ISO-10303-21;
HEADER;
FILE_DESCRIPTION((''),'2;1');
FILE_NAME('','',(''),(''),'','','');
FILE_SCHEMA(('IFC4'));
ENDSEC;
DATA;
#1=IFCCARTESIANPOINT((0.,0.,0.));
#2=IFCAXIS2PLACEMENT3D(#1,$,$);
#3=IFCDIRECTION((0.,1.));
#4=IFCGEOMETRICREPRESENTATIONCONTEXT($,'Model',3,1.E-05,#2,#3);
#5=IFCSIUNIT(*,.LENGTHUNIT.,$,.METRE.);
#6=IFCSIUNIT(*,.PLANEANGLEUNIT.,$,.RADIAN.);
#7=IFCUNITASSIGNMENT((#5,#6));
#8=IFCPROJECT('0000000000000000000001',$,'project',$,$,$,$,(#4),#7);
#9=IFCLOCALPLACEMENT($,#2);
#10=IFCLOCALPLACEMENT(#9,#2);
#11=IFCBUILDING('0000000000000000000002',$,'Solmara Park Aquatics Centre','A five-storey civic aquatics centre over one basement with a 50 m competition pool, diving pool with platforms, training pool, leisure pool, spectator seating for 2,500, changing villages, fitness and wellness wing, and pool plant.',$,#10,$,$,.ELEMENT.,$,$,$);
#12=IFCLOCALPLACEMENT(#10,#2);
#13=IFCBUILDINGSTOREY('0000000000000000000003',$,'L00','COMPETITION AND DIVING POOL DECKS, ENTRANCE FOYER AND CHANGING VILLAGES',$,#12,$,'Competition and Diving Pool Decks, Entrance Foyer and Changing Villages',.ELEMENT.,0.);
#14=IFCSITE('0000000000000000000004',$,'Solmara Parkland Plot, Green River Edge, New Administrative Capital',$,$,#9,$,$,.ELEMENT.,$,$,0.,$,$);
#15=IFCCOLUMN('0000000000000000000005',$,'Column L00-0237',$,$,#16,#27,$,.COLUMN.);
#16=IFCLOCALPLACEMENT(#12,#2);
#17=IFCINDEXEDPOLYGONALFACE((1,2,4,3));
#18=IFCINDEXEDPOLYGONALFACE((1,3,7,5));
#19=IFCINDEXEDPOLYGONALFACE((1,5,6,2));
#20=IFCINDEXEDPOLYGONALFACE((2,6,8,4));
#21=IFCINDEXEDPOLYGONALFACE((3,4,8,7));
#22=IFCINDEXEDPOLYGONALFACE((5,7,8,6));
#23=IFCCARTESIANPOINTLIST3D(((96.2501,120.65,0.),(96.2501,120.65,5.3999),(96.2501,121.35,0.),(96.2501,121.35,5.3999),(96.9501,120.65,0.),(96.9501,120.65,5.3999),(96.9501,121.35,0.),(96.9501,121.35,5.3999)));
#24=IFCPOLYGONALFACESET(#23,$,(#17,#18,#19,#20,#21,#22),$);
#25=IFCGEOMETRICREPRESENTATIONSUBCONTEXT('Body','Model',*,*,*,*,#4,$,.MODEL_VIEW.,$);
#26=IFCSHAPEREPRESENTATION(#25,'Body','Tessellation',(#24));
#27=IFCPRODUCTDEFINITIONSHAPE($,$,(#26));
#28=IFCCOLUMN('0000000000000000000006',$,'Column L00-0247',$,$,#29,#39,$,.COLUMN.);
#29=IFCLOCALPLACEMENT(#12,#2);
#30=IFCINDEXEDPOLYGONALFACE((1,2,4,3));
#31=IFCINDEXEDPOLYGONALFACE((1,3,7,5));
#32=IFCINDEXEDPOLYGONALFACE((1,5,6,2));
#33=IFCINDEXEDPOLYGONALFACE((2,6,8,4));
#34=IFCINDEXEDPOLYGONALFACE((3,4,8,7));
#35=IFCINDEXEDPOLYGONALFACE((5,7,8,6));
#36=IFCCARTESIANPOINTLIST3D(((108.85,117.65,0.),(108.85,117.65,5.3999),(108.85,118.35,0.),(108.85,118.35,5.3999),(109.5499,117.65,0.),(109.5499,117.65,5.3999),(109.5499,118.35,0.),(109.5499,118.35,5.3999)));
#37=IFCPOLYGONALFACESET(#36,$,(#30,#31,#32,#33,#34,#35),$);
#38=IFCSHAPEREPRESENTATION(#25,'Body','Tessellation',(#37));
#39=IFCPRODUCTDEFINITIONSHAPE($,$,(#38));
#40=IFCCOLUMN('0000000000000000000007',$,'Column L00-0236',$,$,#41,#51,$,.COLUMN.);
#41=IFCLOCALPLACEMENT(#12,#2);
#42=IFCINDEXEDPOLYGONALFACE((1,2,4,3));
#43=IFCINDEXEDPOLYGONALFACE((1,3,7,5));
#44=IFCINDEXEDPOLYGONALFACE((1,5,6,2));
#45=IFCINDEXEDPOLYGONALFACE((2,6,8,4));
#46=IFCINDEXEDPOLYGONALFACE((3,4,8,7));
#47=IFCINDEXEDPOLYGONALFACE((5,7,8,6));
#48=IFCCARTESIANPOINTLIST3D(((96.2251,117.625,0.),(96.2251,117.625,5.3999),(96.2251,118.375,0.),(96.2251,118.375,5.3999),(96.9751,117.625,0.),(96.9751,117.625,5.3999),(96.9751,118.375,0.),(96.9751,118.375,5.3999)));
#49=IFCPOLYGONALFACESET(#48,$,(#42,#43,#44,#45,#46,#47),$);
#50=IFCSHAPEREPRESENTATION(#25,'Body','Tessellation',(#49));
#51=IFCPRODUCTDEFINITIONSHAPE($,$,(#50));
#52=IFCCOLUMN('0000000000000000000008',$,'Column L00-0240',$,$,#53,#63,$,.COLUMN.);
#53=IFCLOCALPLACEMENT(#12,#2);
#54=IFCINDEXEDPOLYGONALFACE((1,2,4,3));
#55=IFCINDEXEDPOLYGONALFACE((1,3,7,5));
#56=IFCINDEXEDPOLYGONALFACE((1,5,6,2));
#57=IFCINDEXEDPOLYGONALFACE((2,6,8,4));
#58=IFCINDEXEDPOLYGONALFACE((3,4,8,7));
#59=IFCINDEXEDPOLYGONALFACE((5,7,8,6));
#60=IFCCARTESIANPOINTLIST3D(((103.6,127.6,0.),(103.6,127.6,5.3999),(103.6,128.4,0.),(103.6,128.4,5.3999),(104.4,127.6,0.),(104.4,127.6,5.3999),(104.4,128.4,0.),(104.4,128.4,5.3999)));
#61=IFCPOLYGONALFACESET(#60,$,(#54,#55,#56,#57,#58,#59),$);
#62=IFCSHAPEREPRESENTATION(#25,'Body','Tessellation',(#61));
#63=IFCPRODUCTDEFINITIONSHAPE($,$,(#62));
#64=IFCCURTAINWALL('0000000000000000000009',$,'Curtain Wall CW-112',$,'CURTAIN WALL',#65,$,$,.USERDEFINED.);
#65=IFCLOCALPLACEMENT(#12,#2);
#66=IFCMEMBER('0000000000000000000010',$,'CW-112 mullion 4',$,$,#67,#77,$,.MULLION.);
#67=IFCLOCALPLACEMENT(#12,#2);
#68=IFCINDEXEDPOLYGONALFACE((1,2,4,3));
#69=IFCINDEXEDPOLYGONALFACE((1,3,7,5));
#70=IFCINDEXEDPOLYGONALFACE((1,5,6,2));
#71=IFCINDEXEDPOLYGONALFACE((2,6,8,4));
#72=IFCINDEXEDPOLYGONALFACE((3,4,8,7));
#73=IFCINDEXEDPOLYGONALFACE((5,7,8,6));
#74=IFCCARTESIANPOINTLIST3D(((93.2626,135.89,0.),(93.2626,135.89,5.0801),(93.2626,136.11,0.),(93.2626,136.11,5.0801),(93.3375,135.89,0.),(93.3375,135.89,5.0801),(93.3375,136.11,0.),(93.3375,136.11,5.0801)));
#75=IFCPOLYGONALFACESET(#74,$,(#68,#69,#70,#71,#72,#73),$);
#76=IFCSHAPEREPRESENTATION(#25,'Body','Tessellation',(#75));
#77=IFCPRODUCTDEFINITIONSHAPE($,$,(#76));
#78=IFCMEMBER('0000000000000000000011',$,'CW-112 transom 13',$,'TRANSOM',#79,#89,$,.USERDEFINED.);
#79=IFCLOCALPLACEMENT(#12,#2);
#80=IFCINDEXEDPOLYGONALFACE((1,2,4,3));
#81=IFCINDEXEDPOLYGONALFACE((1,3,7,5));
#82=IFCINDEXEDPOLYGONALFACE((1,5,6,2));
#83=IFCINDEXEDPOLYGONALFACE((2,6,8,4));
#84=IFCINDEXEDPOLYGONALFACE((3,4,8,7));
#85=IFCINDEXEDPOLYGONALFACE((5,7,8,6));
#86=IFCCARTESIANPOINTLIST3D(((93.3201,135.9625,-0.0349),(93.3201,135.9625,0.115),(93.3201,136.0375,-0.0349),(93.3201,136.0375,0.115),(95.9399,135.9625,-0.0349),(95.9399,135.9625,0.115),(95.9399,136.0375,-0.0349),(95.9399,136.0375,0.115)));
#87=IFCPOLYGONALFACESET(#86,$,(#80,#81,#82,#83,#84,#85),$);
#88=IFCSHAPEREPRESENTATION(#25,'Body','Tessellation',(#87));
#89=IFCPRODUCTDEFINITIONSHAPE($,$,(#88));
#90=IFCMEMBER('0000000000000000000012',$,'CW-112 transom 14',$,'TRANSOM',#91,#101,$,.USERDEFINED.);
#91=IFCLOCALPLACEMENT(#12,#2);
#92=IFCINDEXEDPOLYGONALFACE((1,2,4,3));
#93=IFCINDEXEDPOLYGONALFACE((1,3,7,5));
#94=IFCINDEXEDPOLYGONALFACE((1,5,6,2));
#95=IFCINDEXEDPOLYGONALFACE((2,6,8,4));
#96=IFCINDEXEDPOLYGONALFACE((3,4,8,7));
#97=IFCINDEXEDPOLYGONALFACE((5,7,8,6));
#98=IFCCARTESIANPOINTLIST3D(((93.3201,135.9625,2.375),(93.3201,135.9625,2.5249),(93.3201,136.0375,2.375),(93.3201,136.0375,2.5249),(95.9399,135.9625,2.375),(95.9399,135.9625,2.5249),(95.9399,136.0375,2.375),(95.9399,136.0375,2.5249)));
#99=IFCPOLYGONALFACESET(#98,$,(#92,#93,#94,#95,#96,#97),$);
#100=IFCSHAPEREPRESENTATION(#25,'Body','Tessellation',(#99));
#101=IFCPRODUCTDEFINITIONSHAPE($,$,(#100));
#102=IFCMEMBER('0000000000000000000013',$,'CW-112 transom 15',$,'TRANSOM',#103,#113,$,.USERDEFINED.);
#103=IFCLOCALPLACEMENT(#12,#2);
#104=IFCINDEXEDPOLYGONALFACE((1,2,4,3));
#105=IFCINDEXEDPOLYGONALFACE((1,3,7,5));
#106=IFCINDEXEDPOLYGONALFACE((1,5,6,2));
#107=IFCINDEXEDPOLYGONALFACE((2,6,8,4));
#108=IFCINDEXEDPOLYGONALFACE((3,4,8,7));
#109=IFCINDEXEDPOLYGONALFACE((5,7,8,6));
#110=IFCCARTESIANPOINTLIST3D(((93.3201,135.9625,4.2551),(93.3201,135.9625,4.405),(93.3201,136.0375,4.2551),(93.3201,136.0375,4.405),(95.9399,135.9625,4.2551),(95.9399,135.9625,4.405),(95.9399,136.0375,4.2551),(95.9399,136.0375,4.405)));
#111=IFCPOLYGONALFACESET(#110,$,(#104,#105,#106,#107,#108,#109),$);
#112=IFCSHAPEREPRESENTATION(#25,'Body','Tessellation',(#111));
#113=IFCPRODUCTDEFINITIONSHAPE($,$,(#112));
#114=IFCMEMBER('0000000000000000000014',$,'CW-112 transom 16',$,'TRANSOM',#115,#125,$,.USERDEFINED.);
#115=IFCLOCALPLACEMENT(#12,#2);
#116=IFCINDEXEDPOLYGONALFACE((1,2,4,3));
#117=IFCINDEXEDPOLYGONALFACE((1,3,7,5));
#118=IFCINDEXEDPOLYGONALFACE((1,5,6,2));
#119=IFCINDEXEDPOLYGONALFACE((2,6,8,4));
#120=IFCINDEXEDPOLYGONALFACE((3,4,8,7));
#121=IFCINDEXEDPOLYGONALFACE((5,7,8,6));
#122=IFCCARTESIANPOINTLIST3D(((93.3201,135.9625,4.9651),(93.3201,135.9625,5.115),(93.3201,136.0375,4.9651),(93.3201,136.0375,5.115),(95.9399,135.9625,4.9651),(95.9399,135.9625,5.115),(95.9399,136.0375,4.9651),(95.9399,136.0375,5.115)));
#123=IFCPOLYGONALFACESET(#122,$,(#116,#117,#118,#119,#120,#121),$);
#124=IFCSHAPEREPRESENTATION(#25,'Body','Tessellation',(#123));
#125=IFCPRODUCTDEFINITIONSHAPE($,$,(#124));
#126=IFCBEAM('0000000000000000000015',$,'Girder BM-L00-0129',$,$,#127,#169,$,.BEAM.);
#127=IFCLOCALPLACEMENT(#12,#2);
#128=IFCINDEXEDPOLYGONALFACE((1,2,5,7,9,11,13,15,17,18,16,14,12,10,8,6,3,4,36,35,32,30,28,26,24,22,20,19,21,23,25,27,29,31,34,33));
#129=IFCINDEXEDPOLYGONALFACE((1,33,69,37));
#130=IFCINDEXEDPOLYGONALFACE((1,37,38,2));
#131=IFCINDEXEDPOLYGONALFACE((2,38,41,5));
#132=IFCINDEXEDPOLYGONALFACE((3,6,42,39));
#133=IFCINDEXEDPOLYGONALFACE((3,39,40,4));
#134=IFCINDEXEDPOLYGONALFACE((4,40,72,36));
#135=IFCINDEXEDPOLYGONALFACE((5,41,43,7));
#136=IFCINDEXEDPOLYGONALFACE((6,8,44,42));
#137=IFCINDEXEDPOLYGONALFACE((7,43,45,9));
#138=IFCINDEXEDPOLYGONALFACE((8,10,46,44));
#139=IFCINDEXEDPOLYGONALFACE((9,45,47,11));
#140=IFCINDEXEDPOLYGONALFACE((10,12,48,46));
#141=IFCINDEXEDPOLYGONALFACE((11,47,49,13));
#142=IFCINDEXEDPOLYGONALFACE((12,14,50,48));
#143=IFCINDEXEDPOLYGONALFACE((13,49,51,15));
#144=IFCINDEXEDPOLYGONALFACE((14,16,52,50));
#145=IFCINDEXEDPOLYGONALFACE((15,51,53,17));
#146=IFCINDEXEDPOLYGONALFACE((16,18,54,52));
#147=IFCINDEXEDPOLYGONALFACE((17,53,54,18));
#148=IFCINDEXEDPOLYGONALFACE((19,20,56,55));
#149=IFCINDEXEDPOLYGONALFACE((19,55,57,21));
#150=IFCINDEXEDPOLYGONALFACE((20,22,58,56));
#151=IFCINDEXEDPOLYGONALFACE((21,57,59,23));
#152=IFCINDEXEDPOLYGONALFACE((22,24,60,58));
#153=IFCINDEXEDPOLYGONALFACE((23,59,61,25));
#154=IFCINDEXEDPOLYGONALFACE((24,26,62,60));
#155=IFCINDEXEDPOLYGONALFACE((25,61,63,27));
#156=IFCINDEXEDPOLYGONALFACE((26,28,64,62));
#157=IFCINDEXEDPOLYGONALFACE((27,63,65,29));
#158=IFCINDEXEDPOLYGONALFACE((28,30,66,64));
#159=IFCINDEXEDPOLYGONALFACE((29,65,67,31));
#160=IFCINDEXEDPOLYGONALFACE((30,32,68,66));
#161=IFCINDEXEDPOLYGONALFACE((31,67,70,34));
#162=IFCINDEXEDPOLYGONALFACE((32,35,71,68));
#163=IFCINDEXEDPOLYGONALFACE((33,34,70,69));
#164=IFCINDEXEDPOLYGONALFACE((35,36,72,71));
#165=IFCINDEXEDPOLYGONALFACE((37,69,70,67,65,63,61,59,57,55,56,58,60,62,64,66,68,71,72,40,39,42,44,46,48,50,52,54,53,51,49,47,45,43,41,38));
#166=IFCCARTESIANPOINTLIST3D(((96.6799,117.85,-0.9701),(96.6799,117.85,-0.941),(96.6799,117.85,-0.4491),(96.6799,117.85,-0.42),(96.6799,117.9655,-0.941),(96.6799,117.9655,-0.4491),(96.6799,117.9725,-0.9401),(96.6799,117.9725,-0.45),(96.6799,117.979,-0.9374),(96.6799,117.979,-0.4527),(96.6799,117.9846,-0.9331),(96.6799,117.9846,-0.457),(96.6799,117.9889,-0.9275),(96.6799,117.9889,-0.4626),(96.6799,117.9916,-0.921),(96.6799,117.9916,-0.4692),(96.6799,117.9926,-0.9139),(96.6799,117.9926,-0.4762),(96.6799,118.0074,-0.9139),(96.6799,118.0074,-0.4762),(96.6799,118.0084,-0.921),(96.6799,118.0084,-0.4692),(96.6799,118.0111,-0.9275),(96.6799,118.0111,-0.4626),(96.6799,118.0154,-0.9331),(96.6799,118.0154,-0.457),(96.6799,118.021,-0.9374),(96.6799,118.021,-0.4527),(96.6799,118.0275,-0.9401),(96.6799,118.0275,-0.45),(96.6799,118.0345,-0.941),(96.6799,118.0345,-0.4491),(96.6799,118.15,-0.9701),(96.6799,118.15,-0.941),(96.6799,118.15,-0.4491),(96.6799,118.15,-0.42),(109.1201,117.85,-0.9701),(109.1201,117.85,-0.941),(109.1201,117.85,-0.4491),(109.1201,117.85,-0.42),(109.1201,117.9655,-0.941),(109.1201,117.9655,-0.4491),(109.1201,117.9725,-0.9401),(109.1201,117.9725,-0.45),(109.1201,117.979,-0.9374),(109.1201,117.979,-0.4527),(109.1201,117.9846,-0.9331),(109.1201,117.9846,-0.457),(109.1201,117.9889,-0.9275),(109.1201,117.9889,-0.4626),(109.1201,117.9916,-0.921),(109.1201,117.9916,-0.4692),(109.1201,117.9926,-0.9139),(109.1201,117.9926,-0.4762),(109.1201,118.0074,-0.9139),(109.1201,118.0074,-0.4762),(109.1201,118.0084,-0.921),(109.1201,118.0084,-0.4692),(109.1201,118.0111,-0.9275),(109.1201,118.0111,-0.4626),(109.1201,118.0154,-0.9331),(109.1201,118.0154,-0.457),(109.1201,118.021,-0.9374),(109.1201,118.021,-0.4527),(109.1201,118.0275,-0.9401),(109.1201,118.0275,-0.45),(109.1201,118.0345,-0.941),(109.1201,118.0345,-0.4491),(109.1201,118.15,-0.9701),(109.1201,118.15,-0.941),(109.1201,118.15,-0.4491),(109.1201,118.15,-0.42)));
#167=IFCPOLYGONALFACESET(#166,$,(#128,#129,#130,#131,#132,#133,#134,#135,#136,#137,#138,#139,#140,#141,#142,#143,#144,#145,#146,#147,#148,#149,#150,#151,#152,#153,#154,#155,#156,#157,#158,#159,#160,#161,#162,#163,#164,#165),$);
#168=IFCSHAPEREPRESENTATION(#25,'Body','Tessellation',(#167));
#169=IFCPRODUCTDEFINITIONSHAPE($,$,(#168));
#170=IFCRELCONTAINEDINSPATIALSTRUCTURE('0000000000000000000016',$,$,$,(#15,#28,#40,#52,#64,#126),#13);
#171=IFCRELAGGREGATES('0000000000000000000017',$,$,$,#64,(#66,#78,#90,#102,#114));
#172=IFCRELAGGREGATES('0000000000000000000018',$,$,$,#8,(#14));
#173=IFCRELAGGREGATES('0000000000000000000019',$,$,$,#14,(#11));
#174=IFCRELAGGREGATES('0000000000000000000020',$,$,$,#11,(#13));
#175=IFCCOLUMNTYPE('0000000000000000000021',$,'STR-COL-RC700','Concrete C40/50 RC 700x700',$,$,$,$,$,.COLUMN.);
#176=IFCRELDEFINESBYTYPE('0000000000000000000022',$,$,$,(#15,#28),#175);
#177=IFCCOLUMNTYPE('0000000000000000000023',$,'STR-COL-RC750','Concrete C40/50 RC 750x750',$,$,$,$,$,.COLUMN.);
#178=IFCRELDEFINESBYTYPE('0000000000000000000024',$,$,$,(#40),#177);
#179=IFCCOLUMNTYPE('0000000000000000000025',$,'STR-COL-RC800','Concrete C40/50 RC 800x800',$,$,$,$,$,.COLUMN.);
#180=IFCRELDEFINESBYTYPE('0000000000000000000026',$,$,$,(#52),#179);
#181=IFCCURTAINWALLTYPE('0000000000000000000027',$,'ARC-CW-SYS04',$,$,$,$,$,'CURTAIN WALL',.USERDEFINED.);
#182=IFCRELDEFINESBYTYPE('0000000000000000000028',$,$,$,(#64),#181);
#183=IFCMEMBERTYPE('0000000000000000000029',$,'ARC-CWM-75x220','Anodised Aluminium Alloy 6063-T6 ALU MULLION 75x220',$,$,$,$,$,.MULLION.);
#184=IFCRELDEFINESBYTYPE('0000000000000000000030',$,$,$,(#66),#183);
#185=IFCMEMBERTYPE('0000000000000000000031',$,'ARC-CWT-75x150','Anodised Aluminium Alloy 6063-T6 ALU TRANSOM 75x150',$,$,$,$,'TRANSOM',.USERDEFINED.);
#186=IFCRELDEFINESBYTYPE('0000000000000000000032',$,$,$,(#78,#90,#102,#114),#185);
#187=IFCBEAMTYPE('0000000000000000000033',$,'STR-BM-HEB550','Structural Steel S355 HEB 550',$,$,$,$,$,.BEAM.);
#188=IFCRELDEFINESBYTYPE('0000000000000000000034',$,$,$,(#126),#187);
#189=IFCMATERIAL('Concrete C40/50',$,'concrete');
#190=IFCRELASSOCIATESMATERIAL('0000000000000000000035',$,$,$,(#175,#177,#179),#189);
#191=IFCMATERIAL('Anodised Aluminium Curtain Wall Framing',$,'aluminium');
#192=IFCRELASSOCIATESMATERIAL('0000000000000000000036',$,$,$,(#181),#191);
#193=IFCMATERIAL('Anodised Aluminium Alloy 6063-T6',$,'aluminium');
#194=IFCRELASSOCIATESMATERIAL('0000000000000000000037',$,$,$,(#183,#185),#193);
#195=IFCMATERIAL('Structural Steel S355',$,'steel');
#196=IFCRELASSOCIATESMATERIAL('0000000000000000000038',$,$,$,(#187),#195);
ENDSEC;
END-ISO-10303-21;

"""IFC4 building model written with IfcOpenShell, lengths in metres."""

from ifc_helpers import new_model, si_unit, direction, frame, origin, origin_2d, place, context, subcontext, project, spatial, rectangle, i_section, extrude, material, material_profile, profile_set, type_object, element, aggregate, save


model = new_model("IFC4")

# Units and contexts
model_context = context("Model", 3, precision=1e-05, world=origin(), true_north=direction((0.0, 1.0)))
body_context = subcontext(model_context, "Body", "Model", "MODEL_VIEW")
ifc_project = project(units=[si_unit("LENGTHUNIT", "METRE"), si_unit("PLANEANGLEUNIT", "RADIAN")], contexts=[model_context])

# Site, building, storey
site_placement = place(None, origin())
site = spatial("IfcSite", under=ifc_project, at=site_placement, Name="Solmara Parkland Plot, Green River Edge, New Administrative Capital", CompositionType="ELEMENT", RefElevation=0.0)
building_placement = place(site_placement, origin())
building = spatial("IfcBuilding", under=site, at=building_placement, Name="Solmara Park Aquatics Centre", Description="A five-storey civic aquatics centre over one basement with a 50 m competition pool, diving pool with platforms, training pool, leisure pool, spectator seating for 2,500, changing villages, fitness and wellness wing, and pool plant.", CompositionType="ELEMENT")
storey_placement = place(building_placement, origin())
storey = spatial("IfcBuildingStorey", under=building, at=storey_placement, Name="L00", Description="COMPETITION AND DIVING POOL DECKS, ENTRANCE FOYER AND CHANGING VILLAGES", LongName="Competition and Diving Pool Decks, Entrance Foyer and Changing Villages", CompositionType="ELEMENT", Elevation=0.0)

# Columns
ifc_material_1 = material(Name="Concrete C40/50", Category="concrete")
ifc_material_profile_1 = material_profile(ifc_material_1, rectangle(XDim=0.7, YDim=0.7, at=origin_2d()), Name="RC 700x700")
ifc_profile_set_1 = profile_set([ifc_material_profile_1], Name="Concrete C40/50")
column_type_1 = type_object("IfcColumnType", Name="STR-COL-RC700", Description="Concrete C40/50 RC 700x700", PredefinedType="COLUMN", material=ifc_profile_set_1)
for number, where, z_axis, x_axis, name in (
    (1, (96.6001, 121.0, 0.0), (0.0, 0.0, 1.0), (1.0, 0.0, 0.0), "Column L00-0237"),
    (2, (109.2, 118.0, 0.0), (0.0, 0.0, 1.0), (1.0, 0.0, 0.0), "Column L00-0247"),
):
    element("IfcColumn", number, at=place(storey_placement, frame(where, z_axis=z_axis, x_axis=x_axis)), inside=storey, type_object=column_type_1, Name=name, PredefinedType="COLUMN", context=body_context, shape_type="SweptSolid", body=[
        extrude(rectangle(XDim=0.7, YDim=0.7, at=origin_2d()), origin(), (0.0, 0.0, 1.0), 5.3999),
    ])
ifc_material_profile_2 = material_profile(ifc_material_1, rectangle(XDim=0.75, YDim=0.75, at=origin_2d()), Name="RC 750x750")
ifc_profile_set_2 = profile_set([ifc_material_profile_2], Name="Concrete C40/50")
column_type_2 = type_object("IfcColumnType", Name="STR-COL-RC750", Description="Concrete C40/50 RC 750x750", PredefinedType="COLUMN", material=ifc_profile_set_2)
column_1_placement = place(storey_placement, frame((96.6001, 118.0, 0.0), z_axis=(0.0, 0.0, 1.0), x_axis=(1.0, 0.0, 0.0)))
element("IfcColumn", 3, at=column_1_placement, inside=storey, type_object=column_type_2, Name="Column L00-0236", PredefinedType="COLUMN", context=body_context, shape_type="SweptSolid", body=[
    extrude(rectangle(XDim=0.75, YDim=0.75, at=origin_2d()), origin(), (0.0, 0.0, 1.0), 5.3999),
])
ifc_material_profile_3 = material_profile(ifc_material_1, rectangle(XDim=0.8, YDim=0.8, at=origin_2d()), Name="RC 800x800")
ifc_profile_set_3 = profile_set([ifc_material_profile_3], Name="Concrete C40/50")
column_type_3 = type_object("IfcColumnType", Name="STR-COL-RC800", Description="Concrete C40/50 RC 800x800", PredefinedType="COLUMN", material=ifc_profile_set_3)
column_2_placement = place(storey_placement, frame((104.0, 128.0, 0.0), z_axis=(0.0, 0.0, 1.0), x_axis=(1.0, 0.0, 0.0)))
element("IfcColumn", 4, at=column_2_placement, inside=storey, type_object=column_type_3, Name="Column L00-0240", PredefinedType="COLUMN", context=body_context, shape_type="SweptSolid", body=[
    extrude(rectangle(XDim=0.8, YDim=0.8, at=origin_2d()), origin(), (0.0, 0.0, 1.0), 5.3999),
])

# Curtain wall, members
ifc_material_2 = material(Name="Anodised Aluminium Curtain Wall Framing", Category="aluminium")
curtain_wall_type = type_object("IfcCurtainWallType", Name="ARC-CW-SYS04", ElementType="CURTAIN WALL", PredefinedType="USERDEFINED", material=ifc_material_2)
curtain_wall_placement = place(storey_placement, origin())
curtain_wall = element("IfcCurtainWall", 5, at=curtain_wall_placement, inside=storey, type_object=curtain_wall_type, Name="Curtain Wall CW-112", ObjectType="CURTAIN WALL", PredefinedType="USERDEFINED")
ifc_material_3 = material(Name="Anodised Aluminium Alloy 6063-T6", Category="aluminium")
ifc_material_profile_4 = material_profile(ifc_material_3, rectangle(XDim=0.075, YDim=0.22, at=origin_2d()), Name="ALU MULLION 75x220")
ifc_profile_set_4 = profile_set([ifc_material_profile_4], Name="Anodised Aluminium Alloy 6063-T6")
member_type_1 = type_object("IfcMemberType", Name="ARC-CWM-75x220", Description="Anodised Aluminium Alloy 6063-T6 ALU MULLION 75x220", PredefinedType="MULLION", material=ifc_profile_set_4)
member_1_placement = place(storey_placement, frame((93.3, 136.0, 0.0), z_axis=(0.0, 0.0, 1.0), x_axis=(1.0, 0.0, 0.0)))
member_1 = element("IfcMember", 6, at=member_1_placement, type_object=member_type_1, Name="CW-112 mullion 4", PredefinedType="MULLION", context=body_context, shape_type="SweptSolid", body=[
    extrude(rectangle(XDim=0.075, YDim=0.22, at=origin_2d()), origin(), (0.0, 0.0, 1.0), 5.0801),
])
ifc_material_profile_5 = material_profile(ifc_material_3, rectangle(XDim=0.075, YDim=0.1499, at=origin_2d()), Name="ALU TRANSOM 75x150")
ifc_profile_set_5 = profile_set([ifc_material_profile_5], Name="Anodised Aluminium Alloy 6063-T6")
member_type_2 = type_object("IfcMemberType", Name="ARC-CWT-75x150", Description="Anodised Aluminium Alloy 6063-T6 ALU TRANSOM 75x150", ElementType="TRANSOM", PredefinedType="USERDEFINED", material=ifc_profile_set_5)
member_2_placement = place(storey_placement, frame((93.3201, 136.0, 0.04), z_axis=(1.0, 0.0, 0.0), x_axis=(0.0, 1.0, 0.0)))
member_2 = element("IfcMember", 7, at=member_2_placement, type_object=member_type_2, Name="CW-112 transom 13", ObjectType="TRANSOM", PredefinedType="USERDEFINED", context=body_context, shape_type="SweptSolid", body=[
    extrude(rectangle(XDim=0.075, YDim=0.1499, at=origin_2d()), origin(), (0.0, 0.0, 1.0), 2.6199),
])
member_3_placement = place(storey_placement, frame((93.3201, 136.0, 2.45), z_axis=(1.0, 0.0, 0.0), x_axis=(0.0, 1.0, 0.0)))
member_3 = element("IfcMember", 8, at=member_3_placement, type_object=member_type_2, Name="CW-112 transom 14", ObjectType="TRANSOM", PredefinedType="USERDEFINED", context=body_context, shape_type="SweptSolid", body=[
    extrude(rectangle(XDim=0.075, YDim=0.1499, at=origin_2d()), origin(), (0.0, 0.0, 1.0), 2.6199),
])
member_4_placement = place(storey_placement, frame((93.3201, 136.0, 4.3301), z_axis=(1.0, 0.0, 0.0), x_axis=(0.0, 1.0, 0.0)))
member_4 = element("IfcMember", 9, at=member_4_placement, type_object=member_type_2, Name="CW-112 transom 15", ObjectType="TRANSOM", PredefinedType="USERDEFINED", context=body_context, shape_type="SweptSolid", body=[
    extrude(rectangle(XDim=0.075, YDim=0.1499, at=origin_2d()), origin(), (0.0, 0.0, 1.0), 2.6199),
])
member_5_placement = place(storey_placement, frame((93.3201, 136.0, 5.04), z_axis=(1.0, 0.0, 0.0), x_axis=(0.0, 1.0, 0.0)))
member_5 = element("IfcMember", 10, at=member_5_placement, type_object=member_type_2, Name="CW-112 transom 16", ObjectType="TRANSOM", PredefinedType="USERDEFINED", context=body_context, shape_type="SweptSolid", body=[
    extrude(rectangle(XDim=0.075, YDim=0.1499, at=origin_2d()), origin(), (0.0, 0.0, 1.0), 2.6199),
])

# Beam
ifc_material_4 = material(Name="Structural Steel S355", Category="steel")
ifc_material_profile_6 = material_profile(ifc_material_4, i_section(OverallWidth=0.3, OverallDepth=0.55, WebThickness=0.0149, FlangeThickness=0.0291, FilletRadius=0.0271, at=origin_2d()), Name="HEB 550")
ifc_profile_set_6 = profile_set([ifc_material_profile_6], Name="Structural Steel S355")
beam_type_1 = type_object("IfcBeamType", Name="STR-BM-HEB550", Description="Structural Steel S355 HEB 550", PredefinedType="BEAM", material=ifc_profile_set_6)
beam_1_placement = place(storey_placement, frame((96.6799, 118.0, -0.6951), z_axis=(1.0, 0.0, 0.0), x_axis=(0.0, 1.0, 0.0)))
element("IfcBeam", 11, at=beam_1_placement, inside=storey, type_object=beam_type_1, Name="Girder BM-L00-0129", PredefinedType="BEAM", context=body_context, shape_type="SweptSolid", body=[
    extrude(i_section(OverallWidth=0.3, OverallDepth=0.55, WebThickness=0.0149, FlangeThickness=0.0291, FilletRadius=0.0271, at=origin_2d()), origin(), (0.0, 0.0, 1.0), 12.4402),
])

aggregate(curtain_wall, [member_1, member_2, member_3, member_4, member_5])

save(model, "model.ifc")
